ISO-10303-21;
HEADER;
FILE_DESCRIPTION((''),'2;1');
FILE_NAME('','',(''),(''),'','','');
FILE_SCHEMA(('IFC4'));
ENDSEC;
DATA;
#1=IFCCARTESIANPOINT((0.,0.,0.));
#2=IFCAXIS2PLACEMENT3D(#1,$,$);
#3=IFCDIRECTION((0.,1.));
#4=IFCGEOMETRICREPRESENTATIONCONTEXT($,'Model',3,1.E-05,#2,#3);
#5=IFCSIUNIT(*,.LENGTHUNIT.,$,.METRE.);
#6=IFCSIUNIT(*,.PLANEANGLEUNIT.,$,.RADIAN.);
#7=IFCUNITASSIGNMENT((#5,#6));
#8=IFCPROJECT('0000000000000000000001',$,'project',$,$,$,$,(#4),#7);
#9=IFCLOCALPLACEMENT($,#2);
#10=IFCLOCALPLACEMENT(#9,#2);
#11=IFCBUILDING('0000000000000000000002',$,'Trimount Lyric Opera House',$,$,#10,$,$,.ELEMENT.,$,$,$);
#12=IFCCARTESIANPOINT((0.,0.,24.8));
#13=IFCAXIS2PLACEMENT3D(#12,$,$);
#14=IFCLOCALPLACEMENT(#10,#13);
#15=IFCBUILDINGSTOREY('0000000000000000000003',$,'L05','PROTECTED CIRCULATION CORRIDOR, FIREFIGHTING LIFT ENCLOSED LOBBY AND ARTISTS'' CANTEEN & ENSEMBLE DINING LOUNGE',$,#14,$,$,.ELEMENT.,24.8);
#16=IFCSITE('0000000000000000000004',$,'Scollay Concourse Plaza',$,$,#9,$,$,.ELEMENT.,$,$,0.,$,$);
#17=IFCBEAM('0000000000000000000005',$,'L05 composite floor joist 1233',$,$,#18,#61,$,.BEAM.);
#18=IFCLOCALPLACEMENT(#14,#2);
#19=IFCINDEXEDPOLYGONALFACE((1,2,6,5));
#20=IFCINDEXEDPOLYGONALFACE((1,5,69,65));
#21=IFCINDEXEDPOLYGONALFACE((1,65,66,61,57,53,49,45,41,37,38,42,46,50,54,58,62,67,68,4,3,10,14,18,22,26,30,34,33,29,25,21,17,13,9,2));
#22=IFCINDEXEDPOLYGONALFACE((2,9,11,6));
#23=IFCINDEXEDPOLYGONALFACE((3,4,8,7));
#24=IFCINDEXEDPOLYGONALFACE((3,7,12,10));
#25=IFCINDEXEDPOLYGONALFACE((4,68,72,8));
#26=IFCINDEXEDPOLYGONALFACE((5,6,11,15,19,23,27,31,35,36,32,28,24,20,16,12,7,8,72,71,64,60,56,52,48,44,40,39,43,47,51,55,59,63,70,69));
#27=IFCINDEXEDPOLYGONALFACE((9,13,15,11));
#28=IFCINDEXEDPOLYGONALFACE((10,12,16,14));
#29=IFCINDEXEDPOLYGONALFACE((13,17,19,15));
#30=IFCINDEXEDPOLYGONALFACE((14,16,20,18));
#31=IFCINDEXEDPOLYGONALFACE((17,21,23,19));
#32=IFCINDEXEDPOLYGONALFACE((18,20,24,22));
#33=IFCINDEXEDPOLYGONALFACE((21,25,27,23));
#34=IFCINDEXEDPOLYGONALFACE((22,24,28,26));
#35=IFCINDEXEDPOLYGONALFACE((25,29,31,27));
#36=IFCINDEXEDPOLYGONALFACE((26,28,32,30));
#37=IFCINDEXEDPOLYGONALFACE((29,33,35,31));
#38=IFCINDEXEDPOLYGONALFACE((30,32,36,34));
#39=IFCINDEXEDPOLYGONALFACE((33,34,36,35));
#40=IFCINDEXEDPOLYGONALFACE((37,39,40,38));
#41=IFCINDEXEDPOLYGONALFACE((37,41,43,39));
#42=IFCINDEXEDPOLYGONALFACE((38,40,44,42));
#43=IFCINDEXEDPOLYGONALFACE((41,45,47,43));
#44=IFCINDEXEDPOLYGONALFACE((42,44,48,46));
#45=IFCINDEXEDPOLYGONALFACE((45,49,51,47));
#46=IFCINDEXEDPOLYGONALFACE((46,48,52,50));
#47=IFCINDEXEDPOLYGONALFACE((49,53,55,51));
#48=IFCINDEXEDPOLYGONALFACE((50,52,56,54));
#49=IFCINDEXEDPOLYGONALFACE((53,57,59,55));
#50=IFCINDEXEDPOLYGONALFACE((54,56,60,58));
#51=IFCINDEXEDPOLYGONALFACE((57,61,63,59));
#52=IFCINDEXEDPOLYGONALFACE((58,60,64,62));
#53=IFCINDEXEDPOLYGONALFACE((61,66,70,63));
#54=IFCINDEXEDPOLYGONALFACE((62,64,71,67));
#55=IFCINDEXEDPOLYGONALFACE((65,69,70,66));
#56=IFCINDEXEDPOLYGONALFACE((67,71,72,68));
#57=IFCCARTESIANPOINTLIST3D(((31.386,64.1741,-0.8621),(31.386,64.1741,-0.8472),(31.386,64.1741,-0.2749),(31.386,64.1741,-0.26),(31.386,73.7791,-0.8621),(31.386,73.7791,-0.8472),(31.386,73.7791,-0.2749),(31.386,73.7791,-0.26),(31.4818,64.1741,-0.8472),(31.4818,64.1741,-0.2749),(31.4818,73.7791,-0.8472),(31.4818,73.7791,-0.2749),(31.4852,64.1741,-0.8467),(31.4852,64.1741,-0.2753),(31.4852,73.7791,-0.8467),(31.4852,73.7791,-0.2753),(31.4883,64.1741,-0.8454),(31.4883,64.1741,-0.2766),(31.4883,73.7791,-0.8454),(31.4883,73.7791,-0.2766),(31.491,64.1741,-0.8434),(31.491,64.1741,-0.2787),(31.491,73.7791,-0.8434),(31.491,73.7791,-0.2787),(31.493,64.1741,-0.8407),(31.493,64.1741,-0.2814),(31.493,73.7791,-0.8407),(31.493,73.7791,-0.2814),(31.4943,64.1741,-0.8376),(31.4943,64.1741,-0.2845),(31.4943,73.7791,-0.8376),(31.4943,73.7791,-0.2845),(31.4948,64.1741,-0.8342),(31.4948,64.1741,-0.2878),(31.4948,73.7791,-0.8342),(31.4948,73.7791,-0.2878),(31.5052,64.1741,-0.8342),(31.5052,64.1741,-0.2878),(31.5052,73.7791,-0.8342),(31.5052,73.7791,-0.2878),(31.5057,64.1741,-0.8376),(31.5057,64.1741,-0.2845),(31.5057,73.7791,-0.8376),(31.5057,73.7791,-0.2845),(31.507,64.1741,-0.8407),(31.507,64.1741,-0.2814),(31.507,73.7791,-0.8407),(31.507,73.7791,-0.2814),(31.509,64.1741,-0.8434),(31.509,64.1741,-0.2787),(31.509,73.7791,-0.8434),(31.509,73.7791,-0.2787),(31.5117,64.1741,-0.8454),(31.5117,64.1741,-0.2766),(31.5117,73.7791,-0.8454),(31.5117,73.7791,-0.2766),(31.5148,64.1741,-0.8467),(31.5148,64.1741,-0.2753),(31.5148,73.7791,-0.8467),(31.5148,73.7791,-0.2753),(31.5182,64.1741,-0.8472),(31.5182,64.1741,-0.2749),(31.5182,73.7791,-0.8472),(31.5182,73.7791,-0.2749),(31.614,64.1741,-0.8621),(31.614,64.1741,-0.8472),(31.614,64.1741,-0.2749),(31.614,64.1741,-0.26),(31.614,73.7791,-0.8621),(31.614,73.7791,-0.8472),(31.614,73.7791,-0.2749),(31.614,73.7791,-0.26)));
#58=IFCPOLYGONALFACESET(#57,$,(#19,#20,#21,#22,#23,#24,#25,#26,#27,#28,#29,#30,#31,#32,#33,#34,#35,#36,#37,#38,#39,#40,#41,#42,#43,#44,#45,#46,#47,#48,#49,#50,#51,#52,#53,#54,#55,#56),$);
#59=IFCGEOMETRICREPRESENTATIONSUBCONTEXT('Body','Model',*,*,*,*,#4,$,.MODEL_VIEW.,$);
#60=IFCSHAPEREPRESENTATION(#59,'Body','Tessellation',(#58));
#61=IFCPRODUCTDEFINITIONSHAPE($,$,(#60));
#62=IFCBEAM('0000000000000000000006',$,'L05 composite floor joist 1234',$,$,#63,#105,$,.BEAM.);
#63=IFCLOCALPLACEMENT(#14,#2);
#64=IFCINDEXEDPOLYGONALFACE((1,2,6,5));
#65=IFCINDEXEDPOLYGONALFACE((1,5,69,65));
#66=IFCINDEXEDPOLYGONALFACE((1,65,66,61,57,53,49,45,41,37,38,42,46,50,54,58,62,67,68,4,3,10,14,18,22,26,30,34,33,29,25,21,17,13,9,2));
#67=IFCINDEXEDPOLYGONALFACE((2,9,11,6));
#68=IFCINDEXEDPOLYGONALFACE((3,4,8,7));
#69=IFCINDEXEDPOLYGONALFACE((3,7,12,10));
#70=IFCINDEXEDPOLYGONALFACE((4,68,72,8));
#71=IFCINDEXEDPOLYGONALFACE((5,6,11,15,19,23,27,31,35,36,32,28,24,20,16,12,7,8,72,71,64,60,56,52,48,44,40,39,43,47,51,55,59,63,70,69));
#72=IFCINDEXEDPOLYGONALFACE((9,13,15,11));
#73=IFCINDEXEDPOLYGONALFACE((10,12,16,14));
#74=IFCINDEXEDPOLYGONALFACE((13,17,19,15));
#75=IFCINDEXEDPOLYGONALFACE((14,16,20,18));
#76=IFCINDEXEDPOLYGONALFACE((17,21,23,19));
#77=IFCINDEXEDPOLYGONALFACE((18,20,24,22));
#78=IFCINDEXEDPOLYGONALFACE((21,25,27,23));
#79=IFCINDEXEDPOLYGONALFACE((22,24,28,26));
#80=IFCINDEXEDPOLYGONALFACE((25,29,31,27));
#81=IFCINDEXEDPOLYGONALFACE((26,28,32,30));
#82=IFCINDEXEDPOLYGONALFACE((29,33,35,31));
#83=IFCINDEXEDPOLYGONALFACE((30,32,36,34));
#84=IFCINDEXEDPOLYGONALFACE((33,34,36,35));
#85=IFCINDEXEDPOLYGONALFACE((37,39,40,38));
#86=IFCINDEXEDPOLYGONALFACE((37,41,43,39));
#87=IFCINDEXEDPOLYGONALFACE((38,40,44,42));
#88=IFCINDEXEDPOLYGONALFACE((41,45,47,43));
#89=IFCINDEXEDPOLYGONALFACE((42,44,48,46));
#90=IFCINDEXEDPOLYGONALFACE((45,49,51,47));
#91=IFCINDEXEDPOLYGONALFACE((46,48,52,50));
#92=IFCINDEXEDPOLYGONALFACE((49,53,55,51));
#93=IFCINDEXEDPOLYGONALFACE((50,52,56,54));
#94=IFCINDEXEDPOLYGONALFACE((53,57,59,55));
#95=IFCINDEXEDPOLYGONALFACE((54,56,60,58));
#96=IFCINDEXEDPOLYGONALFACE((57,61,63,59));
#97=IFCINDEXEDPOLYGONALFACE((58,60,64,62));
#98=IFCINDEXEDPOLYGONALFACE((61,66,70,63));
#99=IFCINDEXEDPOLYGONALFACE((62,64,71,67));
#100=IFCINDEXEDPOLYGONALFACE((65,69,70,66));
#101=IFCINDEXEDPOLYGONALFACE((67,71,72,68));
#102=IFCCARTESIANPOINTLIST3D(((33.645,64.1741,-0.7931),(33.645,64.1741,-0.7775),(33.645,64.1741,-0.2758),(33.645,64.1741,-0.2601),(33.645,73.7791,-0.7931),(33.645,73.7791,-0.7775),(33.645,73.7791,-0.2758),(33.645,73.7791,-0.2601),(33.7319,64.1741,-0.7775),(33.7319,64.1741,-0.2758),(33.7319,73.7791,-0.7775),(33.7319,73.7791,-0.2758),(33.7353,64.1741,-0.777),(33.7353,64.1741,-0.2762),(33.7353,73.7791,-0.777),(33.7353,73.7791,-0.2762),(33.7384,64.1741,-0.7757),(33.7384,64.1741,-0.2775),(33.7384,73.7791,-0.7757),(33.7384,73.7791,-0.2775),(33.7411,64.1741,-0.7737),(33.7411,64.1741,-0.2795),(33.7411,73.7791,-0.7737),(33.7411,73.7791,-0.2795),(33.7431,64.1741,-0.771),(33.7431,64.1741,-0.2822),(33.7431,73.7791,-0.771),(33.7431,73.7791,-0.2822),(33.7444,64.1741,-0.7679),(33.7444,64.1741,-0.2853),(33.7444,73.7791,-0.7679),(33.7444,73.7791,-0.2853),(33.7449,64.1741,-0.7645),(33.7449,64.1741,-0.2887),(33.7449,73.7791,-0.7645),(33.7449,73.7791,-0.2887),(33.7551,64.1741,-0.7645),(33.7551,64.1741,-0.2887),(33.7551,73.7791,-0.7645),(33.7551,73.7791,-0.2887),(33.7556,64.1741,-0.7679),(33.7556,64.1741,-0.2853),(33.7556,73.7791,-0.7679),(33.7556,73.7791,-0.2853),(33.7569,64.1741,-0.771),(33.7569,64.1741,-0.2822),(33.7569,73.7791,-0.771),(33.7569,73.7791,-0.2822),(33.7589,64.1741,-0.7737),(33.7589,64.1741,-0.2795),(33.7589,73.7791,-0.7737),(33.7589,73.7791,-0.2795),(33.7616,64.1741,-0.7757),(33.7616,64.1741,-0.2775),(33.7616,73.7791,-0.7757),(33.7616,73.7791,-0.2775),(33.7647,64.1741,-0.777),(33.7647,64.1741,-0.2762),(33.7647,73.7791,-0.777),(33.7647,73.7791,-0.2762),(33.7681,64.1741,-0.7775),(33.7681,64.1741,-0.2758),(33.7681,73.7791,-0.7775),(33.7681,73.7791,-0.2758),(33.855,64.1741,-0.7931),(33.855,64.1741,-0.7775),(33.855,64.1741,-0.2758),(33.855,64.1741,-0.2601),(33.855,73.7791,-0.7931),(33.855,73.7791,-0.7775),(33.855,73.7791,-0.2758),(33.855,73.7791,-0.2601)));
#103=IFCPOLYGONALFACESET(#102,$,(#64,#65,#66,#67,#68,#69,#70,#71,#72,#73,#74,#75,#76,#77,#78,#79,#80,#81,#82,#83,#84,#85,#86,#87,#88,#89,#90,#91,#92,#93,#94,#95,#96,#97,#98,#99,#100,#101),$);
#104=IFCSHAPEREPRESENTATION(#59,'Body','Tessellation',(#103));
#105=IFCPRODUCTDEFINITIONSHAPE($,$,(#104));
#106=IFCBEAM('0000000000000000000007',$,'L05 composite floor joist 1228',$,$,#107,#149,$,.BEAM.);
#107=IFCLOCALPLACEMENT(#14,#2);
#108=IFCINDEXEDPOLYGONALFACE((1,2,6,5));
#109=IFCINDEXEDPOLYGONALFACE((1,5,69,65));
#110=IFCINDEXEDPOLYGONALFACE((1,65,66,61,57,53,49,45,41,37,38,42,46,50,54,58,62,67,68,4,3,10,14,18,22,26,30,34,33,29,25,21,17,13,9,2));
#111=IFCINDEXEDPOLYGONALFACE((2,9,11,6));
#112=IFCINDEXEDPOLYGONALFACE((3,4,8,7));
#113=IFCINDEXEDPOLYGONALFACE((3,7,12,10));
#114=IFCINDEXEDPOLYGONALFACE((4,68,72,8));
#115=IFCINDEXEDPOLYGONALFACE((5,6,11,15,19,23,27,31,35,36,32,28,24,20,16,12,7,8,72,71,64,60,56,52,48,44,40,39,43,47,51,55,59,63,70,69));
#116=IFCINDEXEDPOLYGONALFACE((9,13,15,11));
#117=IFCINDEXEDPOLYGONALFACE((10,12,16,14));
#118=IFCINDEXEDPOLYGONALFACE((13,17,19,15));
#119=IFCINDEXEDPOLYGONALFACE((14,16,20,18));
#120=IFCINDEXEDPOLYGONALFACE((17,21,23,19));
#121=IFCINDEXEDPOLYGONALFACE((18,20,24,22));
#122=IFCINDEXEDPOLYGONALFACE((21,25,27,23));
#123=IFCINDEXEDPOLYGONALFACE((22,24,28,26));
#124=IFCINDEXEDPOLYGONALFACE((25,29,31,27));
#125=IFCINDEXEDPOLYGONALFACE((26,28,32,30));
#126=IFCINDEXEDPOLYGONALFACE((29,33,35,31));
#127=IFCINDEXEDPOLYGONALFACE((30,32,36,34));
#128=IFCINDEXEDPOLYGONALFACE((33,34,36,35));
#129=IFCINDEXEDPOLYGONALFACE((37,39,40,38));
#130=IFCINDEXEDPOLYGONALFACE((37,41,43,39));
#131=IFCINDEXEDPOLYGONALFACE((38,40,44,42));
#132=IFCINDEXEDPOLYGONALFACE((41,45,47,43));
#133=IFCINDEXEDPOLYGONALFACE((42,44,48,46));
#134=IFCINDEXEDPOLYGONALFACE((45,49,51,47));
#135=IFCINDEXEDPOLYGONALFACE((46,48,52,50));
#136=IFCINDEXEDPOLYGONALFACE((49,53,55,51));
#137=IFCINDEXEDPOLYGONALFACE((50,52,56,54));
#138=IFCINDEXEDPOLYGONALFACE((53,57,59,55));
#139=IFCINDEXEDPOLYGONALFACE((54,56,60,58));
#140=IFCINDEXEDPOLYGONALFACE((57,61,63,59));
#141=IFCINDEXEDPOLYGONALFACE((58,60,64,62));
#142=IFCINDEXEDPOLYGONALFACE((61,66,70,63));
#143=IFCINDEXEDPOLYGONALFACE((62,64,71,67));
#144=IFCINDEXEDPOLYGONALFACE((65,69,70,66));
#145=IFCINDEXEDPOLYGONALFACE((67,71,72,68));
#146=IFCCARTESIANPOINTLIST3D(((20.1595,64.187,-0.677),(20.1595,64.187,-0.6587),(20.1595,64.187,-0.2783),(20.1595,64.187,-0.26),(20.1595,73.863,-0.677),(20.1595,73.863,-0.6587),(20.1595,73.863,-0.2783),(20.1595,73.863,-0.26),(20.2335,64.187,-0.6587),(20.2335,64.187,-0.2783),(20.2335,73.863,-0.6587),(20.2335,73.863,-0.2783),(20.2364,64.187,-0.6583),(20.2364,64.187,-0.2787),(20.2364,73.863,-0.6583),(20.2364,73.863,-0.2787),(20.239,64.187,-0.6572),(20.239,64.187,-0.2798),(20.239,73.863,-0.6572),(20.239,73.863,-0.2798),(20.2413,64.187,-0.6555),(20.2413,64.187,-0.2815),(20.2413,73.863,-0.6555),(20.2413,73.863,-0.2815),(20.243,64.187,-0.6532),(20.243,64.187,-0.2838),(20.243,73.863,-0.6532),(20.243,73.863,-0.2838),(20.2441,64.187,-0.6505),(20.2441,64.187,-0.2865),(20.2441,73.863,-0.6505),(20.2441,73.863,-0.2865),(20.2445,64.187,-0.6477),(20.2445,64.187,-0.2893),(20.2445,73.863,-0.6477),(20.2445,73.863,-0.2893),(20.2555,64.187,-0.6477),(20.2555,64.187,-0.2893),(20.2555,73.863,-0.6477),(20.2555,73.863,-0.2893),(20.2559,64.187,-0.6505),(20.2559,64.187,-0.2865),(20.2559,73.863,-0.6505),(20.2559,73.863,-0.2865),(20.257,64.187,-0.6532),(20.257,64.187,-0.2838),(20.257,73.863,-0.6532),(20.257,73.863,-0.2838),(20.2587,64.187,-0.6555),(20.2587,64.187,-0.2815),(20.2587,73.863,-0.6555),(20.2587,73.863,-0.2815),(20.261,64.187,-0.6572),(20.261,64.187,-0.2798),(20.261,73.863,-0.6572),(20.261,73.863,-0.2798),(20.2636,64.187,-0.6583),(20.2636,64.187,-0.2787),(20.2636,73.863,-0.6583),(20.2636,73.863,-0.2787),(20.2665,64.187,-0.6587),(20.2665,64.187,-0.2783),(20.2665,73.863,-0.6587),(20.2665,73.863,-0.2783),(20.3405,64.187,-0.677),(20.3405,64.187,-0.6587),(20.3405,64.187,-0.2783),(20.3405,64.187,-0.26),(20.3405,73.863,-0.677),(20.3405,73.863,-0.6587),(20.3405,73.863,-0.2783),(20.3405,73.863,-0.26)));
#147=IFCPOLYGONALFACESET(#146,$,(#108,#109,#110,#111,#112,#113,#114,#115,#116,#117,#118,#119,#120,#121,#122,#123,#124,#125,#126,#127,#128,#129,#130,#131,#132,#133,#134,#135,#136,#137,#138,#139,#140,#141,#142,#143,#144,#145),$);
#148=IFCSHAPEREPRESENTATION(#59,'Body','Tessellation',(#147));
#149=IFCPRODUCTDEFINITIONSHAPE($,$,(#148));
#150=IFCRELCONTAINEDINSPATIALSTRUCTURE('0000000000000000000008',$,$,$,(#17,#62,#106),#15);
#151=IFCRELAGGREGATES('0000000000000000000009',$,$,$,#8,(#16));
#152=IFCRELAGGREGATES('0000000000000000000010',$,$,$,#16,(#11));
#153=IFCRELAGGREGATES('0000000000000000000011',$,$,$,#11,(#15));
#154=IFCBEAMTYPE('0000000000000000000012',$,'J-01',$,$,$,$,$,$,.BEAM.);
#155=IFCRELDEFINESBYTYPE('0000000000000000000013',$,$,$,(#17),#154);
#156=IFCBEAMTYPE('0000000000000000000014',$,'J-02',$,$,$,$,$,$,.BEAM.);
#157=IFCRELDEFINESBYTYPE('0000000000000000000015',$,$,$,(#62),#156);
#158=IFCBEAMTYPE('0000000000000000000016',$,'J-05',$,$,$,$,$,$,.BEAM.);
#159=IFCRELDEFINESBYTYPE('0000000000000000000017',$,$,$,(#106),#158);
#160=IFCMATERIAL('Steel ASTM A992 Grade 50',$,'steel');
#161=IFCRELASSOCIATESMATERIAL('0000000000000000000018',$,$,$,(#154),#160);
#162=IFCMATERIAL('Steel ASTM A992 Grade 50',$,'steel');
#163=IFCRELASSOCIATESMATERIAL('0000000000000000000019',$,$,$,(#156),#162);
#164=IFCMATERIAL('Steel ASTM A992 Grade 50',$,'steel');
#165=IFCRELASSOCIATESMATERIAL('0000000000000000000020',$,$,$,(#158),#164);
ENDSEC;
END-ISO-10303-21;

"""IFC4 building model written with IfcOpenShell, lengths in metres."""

from ifc_helpers import new_model, si_unit, direction, frame, origin, origin_2d, place, context, subcontext, project, spatial, i_section, extrude, material, material_profile, profile_set, type_object, element, save


model = new_model("IFC4")

# Units and contexts
model_context = context("Model", 3, precision=1e-05, world=origin(), true_north=direction((0.0, 1.0)))
body_context = subcontext(model_context, "Body", "Model", "MODEL_VIEW")
ifc_project = project(units=[si_unit("LENGTHUNIT", "METRE"), si_unit("PLANEANGLEUNIT", "RADIAN")], contexts=[model_context])

# Site, building, storey
site_placement = place(None, origin())
site = spatial("IfcSite", under=ifc_project, at=site_placement, Name="Scollay Concourse Plaza", CompositionType="ELEMENT", RefElevation=0.0)
building_placement = place(site_placement, origin())
building = spatial("IfcBuilding", under=site, at=building_placement, Name="Trimount Lyric Opera House", CompositionType="ELEMENT")
storey_placement = place(building_placement, frame((0.0, 0.0, 24.8)))
storey = spatial("IfcBuildingStorey", under=building, at=storey_placement, Name="L05", Description="PROTECTED CIRCULATION CORRIDOR, FIREFIGHTING LIFT ENCLOSED LOBBY AND ARTISTS' CANTEEN & ENSEMBLE DINING LOUNGE", CompositionType="ELEMENT", Elevation=24.8)

# Beams
ifc_material_1 = material(Name="Steel ASTM A992 Grade 50", Category="steel")
ifc_material_profile_1 = material_profile(ifc_material_1, i_section(OverallWidth=0.228, OverallDepth=0.6021, WebThickness=0.0105, FlangeThickness=0.0149, FilletRadius=0.0129, at=origin_2d()), Name="W24X68")
ifc_profile_set_1 = profile_set([ifc_material_profile_1], Name="Steel ASTM A992 Grade 50")
beam_type_1 = type_object("IfcBeamType", Name="J-01", PredefinedType="BEAM", material=ifc_profile_set_1)
for number, where, z_axis, x_axis, name in (
    (1, (31.5, 64.1741, -0.561), (0.0, 1.0, 0.0), (-1.0, 0.0, 0.0), "L05 composite floor joist 1233"),
):
    element("IfcBeam", number, at=place(storey_placement, frame(where, z_axis=z_axis, x_axis=x_axis)), inside=storey, type_object=beam_type_1, Name=name, PredefinedType="BEAM", context=body_context, shape_type="SweptSolid", body=[
        extrude(i_section(OverallWidth=0.228, OverallDepth=0.6021, WebThickness=0.0105, FlangeThickness=0.0149, FilletRadius=0.0129, at=origin_2d()), origin(), (0.0, 0.0, 1.0), 9.605),
    ])
ifc_material_2 = material(Name="Steel ASTM A992 Grade 50", Category="steel")
ifc_material_profile_2 = material_profile(ifc_material_2, i_section(OverallWidth=0.21, OverallDepth=0.533, WebThickness=0.0103, FlangeThickness=0.0156, FilletRadius=0.0129, at=origin_2d()), Name="W21X62")
ifc_profile_set_2 = profile_set([ifc_material_profile_2], Name="Steel ASTM A992 Grade 50")
beam_type_2 = type_object("IfcBeamType", Name="J-02", PredefinedType="BEAM", material=ifc_profile_set_2)
beam_1_placement = place(storey_placement, frame((33.75, 64.1741, -0.5266), z_axis=(0.0, 1.0, 0.0), x_axis=(-1.0, 0.0, 0.0)))
element("IfcBeam", 2, at=beam_1_placement, inside=storey, type_object=beam_type_2, Name="L05 composite floor joist 1234", PredefinedType="BEAM", context=body_context, shape_type="SweptSolid", body=[
    extrude(i_section(OverallWidth=0.21, OverallDepth=0.533, WebThickness=0.0103, FlangeThickness=0.0156, FilletRadius=0.0129, at=origin_2d()), origin(), (0.0, 0.0, 1.0), 9.605),
])
ifc_material_3 = material(Name="Steel ASTM A992 Grade 50", Category="steel")
ifc_material_profile_3 = material_profile(ifc_material_3, i_section(OverallWidth=0.1809, OverallDepth=0.417, WebThickness=0.011, FlangeThickness=0.0183, FilletRadius=0.011, at=origin_2d()), Name="W16X57")
ifc_profile_set_3 = profile_set([ifc_material_profile_3], Name="Steel ASTM A992 Grade 50")
beam_type_3 = type_object("IfcBeamType", Name="J-05", PredefinedType="BEAM", material=ifc_profile_set_3)
beam_2_placement = place(storey_placement, frame((20.25, 64.187, -0.4685), z_axis=(0.0, 1.0, 0.0), x_axis=(-1.0, 0.0, 0.0)))
element("IfcBeam", 3, at=beam_2_placement, inside=storey, type_object=beam_type_3, Name="L05 composite floor joist 1228", PredefinedType="BEAM", context=body_context, shape_type="SweptSolid", body=[
    extrude(i_section(OverallWidth=0.1809, OverallDepth=0.417, WebThickness=0.011, FlangeThickness=0.0183, FilletRadius=0.011, at=origin_2d()), origin(), (0.0, 0.0, 1.0), 9.676),
])

save(model, "model.ifc")
